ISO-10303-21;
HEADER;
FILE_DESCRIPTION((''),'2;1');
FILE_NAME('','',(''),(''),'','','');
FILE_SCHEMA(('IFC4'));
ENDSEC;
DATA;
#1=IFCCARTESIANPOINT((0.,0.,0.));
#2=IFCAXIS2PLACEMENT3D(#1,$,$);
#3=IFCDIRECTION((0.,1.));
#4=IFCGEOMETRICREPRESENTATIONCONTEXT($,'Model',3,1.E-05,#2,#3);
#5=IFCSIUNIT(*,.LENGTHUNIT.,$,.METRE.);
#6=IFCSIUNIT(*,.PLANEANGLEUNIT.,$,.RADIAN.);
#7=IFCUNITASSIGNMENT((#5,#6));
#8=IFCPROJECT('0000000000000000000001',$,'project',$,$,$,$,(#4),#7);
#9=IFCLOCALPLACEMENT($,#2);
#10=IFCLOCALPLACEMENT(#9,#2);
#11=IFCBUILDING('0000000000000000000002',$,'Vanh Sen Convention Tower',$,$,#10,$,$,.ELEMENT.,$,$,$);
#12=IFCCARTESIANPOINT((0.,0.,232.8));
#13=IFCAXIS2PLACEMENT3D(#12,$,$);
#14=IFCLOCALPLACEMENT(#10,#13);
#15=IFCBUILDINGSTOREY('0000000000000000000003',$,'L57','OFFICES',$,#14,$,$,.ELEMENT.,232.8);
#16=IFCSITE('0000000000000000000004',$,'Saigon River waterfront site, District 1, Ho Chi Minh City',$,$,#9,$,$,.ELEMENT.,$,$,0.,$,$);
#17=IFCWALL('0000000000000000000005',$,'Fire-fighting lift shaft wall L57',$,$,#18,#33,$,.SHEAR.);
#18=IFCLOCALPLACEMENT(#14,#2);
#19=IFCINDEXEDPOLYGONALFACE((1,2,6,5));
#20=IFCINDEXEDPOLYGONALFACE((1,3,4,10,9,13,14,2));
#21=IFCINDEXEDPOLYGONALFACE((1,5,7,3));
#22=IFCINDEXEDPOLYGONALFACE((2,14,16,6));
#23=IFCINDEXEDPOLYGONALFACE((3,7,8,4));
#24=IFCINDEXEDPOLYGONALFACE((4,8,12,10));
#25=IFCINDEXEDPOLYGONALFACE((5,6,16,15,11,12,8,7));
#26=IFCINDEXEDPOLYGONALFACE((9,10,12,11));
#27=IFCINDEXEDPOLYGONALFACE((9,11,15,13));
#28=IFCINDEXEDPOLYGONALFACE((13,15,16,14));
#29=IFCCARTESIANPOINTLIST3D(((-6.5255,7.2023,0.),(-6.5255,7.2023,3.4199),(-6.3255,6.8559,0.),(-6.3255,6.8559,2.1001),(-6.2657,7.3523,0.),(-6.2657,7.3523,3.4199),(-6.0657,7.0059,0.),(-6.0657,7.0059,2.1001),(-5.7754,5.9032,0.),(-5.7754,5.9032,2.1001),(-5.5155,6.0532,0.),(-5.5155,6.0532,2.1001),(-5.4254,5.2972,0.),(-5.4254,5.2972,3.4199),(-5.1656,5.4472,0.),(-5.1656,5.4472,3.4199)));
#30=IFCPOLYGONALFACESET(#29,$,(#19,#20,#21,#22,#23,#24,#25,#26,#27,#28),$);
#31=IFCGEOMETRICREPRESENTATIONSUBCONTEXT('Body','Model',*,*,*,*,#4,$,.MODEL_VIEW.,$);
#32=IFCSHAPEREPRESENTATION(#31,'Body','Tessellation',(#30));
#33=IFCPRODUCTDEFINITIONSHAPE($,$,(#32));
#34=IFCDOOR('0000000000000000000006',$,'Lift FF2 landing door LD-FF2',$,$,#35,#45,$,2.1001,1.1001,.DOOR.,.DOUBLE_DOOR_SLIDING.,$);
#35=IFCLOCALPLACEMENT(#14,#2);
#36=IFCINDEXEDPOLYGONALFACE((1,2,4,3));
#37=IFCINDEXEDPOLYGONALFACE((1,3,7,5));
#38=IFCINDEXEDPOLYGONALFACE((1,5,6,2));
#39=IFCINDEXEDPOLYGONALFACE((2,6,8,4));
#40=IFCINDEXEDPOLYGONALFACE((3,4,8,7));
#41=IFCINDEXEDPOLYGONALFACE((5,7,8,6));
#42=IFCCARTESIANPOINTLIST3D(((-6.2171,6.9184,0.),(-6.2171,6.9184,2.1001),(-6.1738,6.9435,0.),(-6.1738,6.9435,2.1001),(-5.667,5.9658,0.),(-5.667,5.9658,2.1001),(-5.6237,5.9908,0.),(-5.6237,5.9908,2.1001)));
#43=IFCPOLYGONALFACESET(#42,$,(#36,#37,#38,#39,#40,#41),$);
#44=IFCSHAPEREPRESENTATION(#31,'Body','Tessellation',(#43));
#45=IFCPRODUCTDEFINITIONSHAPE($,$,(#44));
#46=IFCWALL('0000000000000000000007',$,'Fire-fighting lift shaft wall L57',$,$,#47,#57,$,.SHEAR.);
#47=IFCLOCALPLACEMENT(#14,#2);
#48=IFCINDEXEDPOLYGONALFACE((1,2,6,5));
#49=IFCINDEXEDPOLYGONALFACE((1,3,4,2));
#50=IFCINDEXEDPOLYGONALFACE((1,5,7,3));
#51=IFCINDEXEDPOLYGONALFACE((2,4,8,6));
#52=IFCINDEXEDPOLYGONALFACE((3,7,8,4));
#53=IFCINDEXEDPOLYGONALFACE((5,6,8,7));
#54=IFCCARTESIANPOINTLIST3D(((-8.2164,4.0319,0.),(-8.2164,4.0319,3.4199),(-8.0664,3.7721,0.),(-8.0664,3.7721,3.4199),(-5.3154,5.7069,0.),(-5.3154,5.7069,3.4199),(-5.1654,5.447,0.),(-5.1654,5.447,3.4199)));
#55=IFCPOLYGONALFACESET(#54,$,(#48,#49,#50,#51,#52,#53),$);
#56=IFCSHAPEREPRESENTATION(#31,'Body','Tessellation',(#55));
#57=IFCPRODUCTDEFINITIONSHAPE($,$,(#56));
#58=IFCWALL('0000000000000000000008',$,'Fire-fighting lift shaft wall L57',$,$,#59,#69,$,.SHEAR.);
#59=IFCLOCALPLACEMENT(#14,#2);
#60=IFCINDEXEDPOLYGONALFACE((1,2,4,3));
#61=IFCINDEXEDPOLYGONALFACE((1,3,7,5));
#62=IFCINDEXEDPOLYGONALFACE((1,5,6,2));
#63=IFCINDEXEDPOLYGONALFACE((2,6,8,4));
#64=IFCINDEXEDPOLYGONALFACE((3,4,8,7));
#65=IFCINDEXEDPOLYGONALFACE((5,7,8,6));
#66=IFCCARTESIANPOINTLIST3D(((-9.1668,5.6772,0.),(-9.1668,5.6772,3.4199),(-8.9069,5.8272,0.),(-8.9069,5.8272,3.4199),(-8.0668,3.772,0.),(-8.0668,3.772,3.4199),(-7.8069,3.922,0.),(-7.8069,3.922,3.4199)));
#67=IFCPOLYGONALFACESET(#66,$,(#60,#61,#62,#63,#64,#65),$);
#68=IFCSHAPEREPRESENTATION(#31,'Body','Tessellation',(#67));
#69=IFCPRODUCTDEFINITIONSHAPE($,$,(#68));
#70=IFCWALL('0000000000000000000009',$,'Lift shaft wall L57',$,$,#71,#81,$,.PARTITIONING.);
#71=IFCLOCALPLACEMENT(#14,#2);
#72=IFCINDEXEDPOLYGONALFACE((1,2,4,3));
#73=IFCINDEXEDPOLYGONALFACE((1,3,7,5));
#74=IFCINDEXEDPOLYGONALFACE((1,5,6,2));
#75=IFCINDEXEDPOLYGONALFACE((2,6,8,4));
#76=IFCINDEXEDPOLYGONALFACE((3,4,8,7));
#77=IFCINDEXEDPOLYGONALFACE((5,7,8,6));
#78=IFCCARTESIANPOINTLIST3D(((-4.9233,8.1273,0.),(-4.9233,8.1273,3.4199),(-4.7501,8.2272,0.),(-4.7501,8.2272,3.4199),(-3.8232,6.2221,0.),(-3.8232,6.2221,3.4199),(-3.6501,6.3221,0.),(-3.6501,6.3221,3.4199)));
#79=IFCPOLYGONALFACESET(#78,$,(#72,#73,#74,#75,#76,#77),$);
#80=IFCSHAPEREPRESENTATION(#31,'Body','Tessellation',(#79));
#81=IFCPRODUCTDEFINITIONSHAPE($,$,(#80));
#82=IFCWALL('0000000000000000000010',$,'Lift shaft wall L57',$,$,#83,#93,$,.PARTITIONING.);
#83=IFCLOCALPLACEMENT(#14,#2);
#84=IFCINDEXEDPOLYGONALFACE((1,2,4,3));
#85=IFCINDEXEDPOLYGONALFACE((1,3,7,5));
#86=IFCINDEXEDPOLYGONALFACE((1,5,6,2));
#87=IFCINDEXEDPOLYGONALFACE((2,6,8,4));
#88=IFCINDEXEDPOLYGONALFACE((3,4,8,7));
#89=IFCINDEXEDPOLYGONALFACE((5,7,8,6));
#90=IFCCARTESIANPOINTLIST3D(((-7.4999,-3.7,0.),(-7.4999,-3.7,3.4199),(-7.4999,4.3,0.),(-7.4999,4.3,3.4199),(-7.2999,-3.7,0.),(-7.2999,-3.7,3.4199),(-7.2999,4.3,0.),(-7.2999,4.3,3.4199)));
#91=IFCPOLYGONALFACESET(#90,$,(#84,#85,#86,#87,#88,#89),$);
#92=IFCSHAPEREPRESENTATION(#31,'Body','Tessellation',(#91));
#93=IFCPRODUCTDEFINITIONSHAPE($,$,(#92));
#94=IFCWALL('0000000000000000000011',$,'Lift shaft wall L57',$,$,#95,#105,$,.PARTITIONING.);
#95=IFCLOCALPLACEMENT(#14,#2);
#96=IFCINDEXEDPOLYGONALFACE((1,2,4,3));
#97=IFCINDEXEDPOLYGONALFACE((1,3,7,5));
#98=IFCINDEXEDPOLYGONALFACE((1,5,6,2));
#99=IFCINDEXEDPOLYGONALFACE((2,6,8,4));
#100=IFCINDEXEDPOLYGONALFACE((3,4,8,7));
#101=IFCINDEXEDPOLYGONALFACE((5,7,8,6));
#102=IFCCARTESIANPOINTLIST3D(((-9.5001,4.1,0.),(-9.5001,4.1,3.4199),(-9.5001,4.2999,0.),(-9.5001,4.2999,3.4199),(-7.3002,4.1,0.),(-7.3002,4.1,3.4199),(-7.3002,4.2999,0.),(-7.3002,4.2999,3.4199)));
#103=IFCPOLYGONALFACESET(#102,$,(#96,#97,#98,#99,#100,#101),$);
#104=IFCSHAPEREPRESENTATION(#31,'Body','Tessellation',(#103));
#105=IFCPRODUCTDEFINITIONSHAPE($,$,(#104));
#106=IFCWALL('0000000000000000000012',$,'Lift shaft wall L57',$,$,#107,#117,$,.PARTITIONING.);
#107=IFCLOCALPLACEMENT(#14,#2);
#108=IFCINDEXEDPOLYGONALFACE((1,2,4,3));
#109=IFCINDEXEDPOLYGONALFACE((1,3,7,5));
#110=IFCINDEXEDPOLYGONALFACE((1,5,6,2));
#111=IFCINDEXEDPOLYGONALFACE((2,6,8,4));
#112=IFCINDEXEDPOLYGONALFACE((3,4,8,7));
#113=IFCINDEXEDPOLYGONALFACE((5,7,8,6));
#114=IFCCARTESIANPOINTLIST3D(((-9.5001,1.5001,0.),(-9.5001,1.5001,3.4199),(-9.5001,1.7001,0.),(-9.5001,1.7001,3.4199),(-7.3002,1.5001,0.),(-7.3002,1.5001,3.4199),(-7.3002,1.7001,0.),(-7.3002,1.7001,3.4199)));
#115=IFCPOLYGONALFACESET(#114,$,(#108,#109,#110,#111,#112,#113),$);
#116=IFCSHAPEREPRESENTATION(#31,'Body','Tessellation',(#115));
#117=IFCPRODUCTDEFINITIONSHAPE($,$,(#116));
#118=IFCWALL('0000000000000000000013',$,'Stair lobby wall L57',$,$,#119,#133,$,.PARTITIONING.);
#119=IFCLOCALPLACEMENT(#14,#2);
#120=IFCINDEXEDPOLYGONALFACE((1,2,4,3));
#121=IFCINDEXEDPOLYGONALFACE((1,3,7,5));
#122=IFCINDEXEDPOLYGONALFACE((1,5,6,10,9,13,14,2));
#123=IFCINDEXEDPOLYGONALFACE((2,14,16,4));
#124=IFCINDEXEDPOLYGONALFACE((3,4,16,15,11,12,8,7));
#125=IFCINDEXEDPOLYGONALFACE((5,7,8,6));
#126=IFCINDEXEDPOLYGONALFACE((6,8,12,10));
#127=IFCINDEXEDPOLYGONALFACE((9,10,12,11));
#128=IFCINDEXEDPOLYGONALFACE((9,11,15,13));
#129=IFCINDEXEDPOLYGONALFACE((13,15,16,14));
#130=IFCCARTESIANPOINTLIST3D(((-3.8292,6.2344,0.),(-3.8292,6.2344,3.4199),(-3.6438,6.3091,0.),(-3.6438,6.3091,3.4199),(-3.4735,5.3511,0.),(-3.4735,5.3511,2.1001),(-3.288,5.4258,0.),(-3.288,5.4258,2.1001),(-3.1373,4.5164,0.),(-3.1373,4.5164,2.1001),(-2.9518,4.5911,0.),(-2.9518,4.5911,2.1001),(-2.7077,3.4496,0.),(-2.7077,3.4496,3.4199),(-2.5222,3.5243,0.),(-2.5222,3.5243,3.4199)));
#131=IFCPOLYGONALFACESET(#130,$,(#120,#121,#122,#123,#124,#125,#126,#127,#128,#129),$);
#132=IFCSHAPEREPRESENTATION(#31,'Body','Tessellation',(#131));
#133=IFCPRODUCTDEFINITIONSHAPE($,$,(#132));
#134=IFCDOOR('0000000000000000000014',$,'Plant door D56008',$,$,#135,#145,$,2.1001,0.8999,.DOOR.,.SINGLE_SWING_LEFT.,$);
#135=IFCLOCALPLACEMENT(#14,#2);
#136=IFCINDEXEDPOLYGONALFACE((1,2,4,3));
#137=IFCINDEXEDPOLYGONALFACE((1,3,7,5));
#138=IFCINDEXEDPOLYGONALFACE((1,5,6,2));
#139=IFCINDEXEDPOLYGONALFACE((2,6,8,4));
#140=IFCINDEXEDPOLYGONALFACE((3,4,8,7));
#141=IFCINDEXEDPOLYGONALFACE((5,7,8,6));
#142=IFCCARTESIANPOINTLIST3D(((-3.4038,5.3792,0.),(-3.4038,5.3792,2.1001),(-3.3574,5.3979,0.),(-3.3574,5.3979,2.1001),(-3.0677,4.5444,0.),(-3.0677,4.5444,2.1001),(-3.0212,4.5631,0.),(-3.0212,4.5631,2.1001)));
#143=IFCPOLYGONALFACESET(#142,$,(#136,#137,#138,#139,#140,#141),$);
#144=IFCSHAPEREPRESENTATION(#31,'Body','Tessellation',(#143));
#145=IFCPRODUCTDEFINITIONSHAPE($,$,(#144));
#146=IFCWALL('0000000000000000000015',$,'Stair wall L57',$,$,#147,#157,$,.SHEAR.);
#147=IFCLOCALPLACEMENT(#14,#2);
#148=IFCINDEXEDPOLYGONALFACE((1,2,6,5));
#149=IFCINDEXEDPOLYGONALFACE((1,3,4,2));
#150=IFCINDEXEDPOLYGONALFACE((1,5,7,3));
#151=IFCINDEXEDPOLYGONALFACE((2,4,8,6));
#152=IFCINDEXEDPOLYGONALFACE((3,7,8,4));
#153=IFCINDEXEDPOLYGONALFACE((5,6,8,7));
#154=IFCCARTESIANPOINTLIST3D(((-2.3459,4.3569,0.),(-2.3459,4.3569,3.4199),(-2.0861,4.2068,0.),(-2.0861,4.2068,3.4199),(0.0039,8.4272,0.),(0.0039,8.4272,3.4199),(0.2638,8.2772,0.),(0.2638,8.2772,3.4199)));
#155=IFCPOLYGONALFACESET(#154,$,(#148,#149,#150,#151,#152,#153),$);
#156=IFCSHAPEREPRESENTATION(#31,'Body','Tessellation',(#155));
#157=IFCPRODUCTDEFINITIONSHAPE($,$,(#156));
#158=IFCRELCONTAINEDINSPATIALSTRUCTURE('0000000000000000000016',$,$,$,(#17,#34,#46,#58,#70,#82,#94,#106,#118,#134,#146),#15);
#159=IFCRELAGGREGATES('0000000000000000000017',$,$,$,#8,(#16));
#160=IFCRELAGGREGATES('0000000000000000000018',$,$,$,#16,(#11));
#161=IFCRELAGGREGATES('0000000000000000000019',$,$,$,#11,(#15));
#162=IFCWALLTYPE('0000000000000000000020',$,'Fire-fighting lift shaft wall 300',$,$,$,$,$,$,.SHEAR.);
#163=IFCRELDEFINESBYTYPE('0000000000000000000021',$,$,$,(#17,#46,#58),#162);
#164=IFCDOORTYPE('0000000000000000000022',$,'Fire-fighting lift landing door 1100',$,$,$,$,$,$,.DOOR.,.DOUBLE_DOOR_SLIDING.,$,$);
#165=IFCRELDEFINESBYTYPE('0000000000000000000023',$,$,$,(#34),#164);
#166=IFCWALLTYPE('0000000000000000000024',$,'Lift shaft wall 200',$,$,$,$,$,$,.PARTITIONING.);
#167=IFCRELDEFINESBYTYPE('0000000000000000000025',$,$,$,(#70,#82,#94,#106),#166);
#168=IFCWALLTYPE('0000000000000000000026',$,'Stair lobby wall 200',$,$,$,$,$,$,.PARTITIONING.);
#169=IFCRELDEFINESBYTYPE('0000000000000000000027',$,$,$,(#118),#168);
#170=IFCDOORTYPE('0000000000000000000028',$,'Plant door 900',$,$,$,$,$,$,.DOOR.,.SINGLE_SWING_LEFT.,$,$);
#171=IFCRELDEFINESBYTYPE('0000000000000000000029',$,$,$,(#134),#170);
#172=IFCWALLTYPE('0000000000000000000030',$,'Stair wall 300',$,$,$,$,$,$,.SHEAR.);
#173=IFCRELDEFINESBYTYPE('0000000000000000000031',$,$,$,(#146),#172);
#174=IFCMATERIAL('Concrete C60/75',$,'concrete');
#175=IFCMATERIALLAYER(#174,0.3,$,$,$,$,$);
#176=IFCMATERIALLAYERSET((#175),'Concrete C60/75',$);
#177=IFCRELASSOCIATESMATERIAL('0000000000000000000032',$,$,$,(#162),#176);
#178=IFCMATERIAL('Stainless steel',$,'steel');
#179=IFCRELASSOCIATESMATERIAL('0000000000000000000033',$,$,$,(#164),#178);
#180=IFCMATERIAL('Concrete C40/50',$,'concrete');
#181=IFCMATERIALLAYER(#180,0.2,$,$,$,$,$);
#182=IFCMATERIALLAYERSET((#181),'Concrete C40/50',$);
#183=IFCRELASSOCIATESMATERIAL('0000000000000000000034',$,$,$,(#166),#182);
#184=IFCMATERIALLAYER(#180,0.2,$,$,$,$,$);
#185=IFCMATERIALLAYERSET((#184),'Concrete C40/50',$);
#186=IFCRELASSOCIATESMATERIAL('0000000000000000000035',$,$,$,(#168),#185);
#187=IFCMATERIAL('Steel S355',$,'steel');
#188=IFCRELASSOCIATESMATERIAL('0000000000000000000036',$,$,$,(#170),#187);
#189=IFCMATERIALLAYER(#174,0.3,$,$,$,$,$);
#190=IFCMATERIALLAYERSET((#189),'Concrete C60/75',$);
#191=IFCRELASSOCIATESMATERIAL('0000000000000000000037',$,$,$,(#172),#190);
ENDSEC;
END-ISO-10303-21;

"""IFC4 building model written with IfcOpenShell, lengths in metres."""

from ifc_helpers import new_model, si_unit, direction, frame, frame_2d, origin, place, context, subcontext, project, spatial, rectangle, extrude, material, layer, layer_set, type_object, element, fill, save


model = new_model("IFC4")

# Units and contexts
model_context = context("Model", 3, precision=1e-05, world=origin(), true_north=direction((0.0, 1.0)))
body_context = subcontext(model_context, "Body", "Model", "MODEL_VIEW")
ifc_project = project(units=[si_unit("LENGTHUNIT", "METRE"), si_unit("PLANEANGLEUNIT", "RADIAN")], contexts=[model_context])

# Site, building, storey
site_placement = place(None, origin())
site = spatial("IfcSite", under=ifc_project, at=site_placement, Name="Saigon River waterfront site, District 1, Ho Chi Minh City", CompositionType="ELEMENT", RefElevation=0.0)
building_placement = place(site_placement, origin())
building = spatial("IfcBuilding", under=site, at=building_placement, Name="Vanh Sen Convention Tower", CompositionType="ELEMENT")
storey_placement = place(building_placement, frame((0.0, 0.0, 232.8)))
storey = spatial("IfcBuildingStorey", under=building, at=storey_placement, Name="L57", Description="OFFICES", CompositionType="ELEMENT", Elevation=232.8)

# Shared definitions
ifc_material_1 = material(Name="Concrete C60/75", Category="concrete")
ifc_material_2 = material(Name="Stainless steel", Category="steel")

# Wall, opening, door
ifc_layer_1 = layer(ifc_material_1, 0.3)
ifc_layer_set_1 = layer_set([ifc_layer_1], Name="Concrete C60/75")
wall_type_1 = type_object("IfcWallType", Name="Fire-fighting lift shaft wall 300", PredefinedType="SHEAR", material=ifc_layer_set_1)
wall_1_placement = place(storey_placement, frame((-5.2954, 5.3721, 0.0), z_axis=(0.0, 0.0, 1.0), x_axis=(-0.500078, 0.86598, 0.0)))
wall_1 = element("IfcWall", 1, at=wall_1_placement, inside=storey, type_object=wall_type_1, Name="Fire-fighting lift shaft wall L57", PredefinedType="SHEAR", context=body_context, shape_type="SweptSolid", body=[
    extrude(rectangle(XDim=2.2, YDim=0.3, at=frame_2d((1.1001, 0.0))), origin(), (0.0, 0.0, 1.0), 3.4199),
])
opening_1_placement = place(wall_1_placement, frame((0.7, 0.0, 0.0)))
opening_1 = element("IfcOpeningElement", 2, at=opening_1_placement, cuts=wall_1, PredefinedType="OPENING", context=body_context, shape_type="SweptSolid", body=[
    extrude(rectangle(XDim=1.1001, YDim=2.1001, at=frame_2d((0.55, 1.05))), frame((0.0, 0.1599, 0.0), z_axis=(0.0, -1.0, 0.0), x_axis=(1.0, 0.0, 0.0)), (0.0, 0.0, 1.0), 0.3201),
])
door_type_1 = type_object("IfcDoorType", Name="Fire-fighting lift landing door 1100", OperationType="DOUBLE_DOOR_SLIDING", PredefinedType="DOOR", material=ifc_material_2)
door_1_placement = place(opening_1_placement, origin())
door_1 = element("IfcDoor", 3, at=door_1_placement, inside=storey, type_object=door_type_1, Name="Lift FF2 landing door LD-FF2", OperationType="DOUBLE_DOOR_SLIDING", OverallHeight=2.1001, OverallWidth=1.1001, PredefinedType="DOOR", context=body_context, shape_type="SweptSolid", body=[
    extrude(rectangle(XDim=1.1001, YDim=2.1001, at=frame_2d((0.55, 1.05))), frame((0.0, 0.0249, 0.0), z_axis=(0.0, -1.0, 0.0), x_axis=(1.0, 0.0, 0.0)), (0.0, 0.0, 1.0), 0.05),
])
fill(opening_1, door_1)

# Walls
wall_2_placement = place(storey_placement, frame((-5.2405, 5.5769, 0.0), z_axis=(0.0, 0.0, 1.0), x_axis=(-0.866014, -0.500019, 0.0)))
element("IfcWall", 4, at=wall_2_placement, inside=storey, type_object=wall_type_1, Name="Fire-fighting lift shaft wall L57", PredefinedType="SHEAR", context=body_context, shape_type="SweptSolid", body=[
    extrude(rectangle(XDim=3.3499, YDim=0.3, at=frame_2d((1.6748, 0.0))), origin(), (0.0, 0.0, 1.0), 3.4199),
])
wall_3_placement = place(storey_placement, frame((-7.9368, 3.8469, 0.0), z_axis=(0.0, 0.0, 1.0), x_axis=(-0.50003, 0.866008, 0.0)))
element("IfcWall", 5, at=wall_3_placement, inside=storey, type_object=wall_type_1, Name="Fire-fighting lift shaft wall L57", PredefinedType="SHEAR", context=body_context, shape_type="SweptSolid", body=[
    extrude(rectangle(XDim=2.2, YDim=0.3, at=frame_2d((1.1001, 0.0))), origin(), (0.0, 0.0, 1.0), 3.4199),
])
ifc_material_3 = material(Name="Concrete C40/50", Category="concrete")
ifc_layer_2 = layer(ifc_material_3, 0.2)
ifc_layer_set_2 = layer_set([ifc_layer_2], Name="Concrete C40/50")
wall_type_2 = type_object("IfcWallType", Name="Lift shaft wall 200", PredefinedType="PARTITIONING", material=ifc_layer_set_2)
wall_4_placement = place(storey_placement, frame((-3.7366, 6.272, 0.0), z_axis=(0.0, 0.0, 1.0), x_axis=(-0.50003, 0.866008, 0.0)))
element("IfcWall", 6, at=wall_4_placement, inside=storey, type_object=wall_type_2, Name="Lift shaft wall L57", PredefinedType="PARTITIONING", context=body_context, shape_type="SweptSolid", body=[
    extrude(rectangle(XDim=2.2, YDim=0.2, at=frame_2d((1.1001, 0.0))), origin(), (0.0, 0.0, 1.0), 3.4199),
])
wall_5_placement = place(storey_placement, frame((-7.3999, 4.3, 0.0), z_axis=(0.0, 0.0, 1.0), x_axis=(0.0, -1.0, 0.0)))
element("IfcWall", 7, at=wall_5_placement, inside=storey, type_object=wall_type_2, Name="Lift shaft wall L57", PredefinedType="PARTITIONING", context=body_context, shape_type="SweptSolid", body=[
    extrude(rectangle(XDim=8.0, YDim=0.2, at=frame_2d((4.0, 0.0))), origin(), (0.0, 0.0, 1.0), 3.4199),
])
for number, where, z_axis, x_axis, name in (
    (8, (-7.3, 4.2, 0.0), (0.0, 0.0, 1.0), (-1.0, 0.0, 0.0), "Lift shaft wall L57"),
    (9, (-7.3, 1.6001, 0.0), (0.0, 0.0, 1.0), (-1.0, 0.0, 0.0), "Lift shaft wall L57"),
):
    element("IfcWall", number, at=place(storey_placement, frame(where, z_axis=z_axis, x_axis=x_axis)), inside=storey, type_object=wall_type_2, Name=name, PredefinedType="PARTITIONING", context=body_context, shape_type="SweptSolid", body=[
        extrude(rectangle(XDim=2.2, YDim=0.2, at=frame_2d((1.1001, 0.0))), origin(), (0.0, 0.0, 1.0), 3.4199),
    ])

# Wall, opening, door
ifc_layer_3 = layer(ifc_material_3, 0.2)
ifc_layer_set_3 = layer_set([ifc_layer_3], Name="Concrete C40/50")
wall_type_3 = type_object("IfcWallType", Name="Stair lobby wall 200", PredefinedType="PARTITIONING", material=ifc_layer_set_3)
wall_6_placement = place(storey_placement, frame((-2.615, 3.4871, 0.0), z_axis=(0.0, 0.0, 1.0), x_axis=(-0.373577, 0.927599, 0.0)))
wall_6 = element("IfcWall", 10, at=wall_6_placement, inside=storey, type_object=wall_type_3, Name="Stair lobby wall L57", PredefinedType="PARTITIONING", context=body_context, shape_type="SweptSolid", body=[
    extrude(rectangle(XDim=3.0022, YDim=0.2, at=frame_2d((1.501, 0.0))), origin(), (0.0, 0.0, 1.0), 3.4199),
])
opening_2_placement = place(wall_6_placement, frame((1.1499, 0.0, 0.0)))
opening_2 = element("IfcOpeningElement", 11, at=opening_2_placement, cuts=wall_6, PredefinedType="OPENING", context=body_context, shape_type="SweptSolid", body=[
    extrude(rectangle(XDim=0.8999, YDim=2.1001, at=frame_2d((0.45, 1.05))), frame((0.0, 0.1099, 0.0), z_axis=(0.0, -1.0, 0.0), x_axis=(1.0, 0.0, 0.0)), (0.0, 0.0, 1.0), 0.22),
])
ifc_material_4 = material(Name="Steel S355", Category="steel")
door_type_2 = type_object("IfcDoorType", Name="Plant door 900", OperationType="SINGLE_SWING_LEFT", PredefinedType="DOOR", material=ifc_material_4)
door_2_placement = place(opening_2_placement, origin())
door_2 = element("IfcDoor", 12, at=door_2_placement, inside=storey, type_object=door_type_2, Name="Plant door D56008", OperationType="SINGLE_SWING_LEFT", OverallHeight=2.1001, OverallWidth=0.8999, PredefinedType="DOOR", context=body_context, shape_type="SweptSolid", body=[
    extrude(rectangle(XDim=0.8999, YDim=2.1001, at=frame_2d((0.45, 1.05))), frame((0.0, 0.0249, 0.0), z_axis=(0.0, -1.0, 0.0), x_axis=(1.0, 0.0, 0.0)), (0.0, 0.0, 1.0), 0.05),
])
fill(opening_2, door_2)

# Wall
ifc_layer_4 = layer(ifc_material_1, 0.3)
ifc_layer_set_4 = layer_set([ifc_layer_4], Name="Concrete C60/75")
wall_type_4 = type_object("IfcWallType", Name="Stair wall 300", PredefinedType="SHEAR", material=ifc_layer_set_4)
wall_7_placement = place(storey_placement, frame((-2.2161, 4.2817, 0.0), z_axis=(0.0, 0.0, 1.0), x_axis=(0.499977, 0.866039, 0.0)))
element("IfcWall", 13, at=wall_7_placement, inside=storey, type_object=wall_type_4, Name="Stair wall L57", PredefinedType="SHEAR", context=body_context, shape_type="SweptSolid", body=[
    extrude(rectangle(XDim=4.7, YDim=0.3, at=frame_2d((2.3501, 0.0))), origin(), (0.0, 0.0, 1.0), 3.4199),
])

save(model, "model.ifc")
